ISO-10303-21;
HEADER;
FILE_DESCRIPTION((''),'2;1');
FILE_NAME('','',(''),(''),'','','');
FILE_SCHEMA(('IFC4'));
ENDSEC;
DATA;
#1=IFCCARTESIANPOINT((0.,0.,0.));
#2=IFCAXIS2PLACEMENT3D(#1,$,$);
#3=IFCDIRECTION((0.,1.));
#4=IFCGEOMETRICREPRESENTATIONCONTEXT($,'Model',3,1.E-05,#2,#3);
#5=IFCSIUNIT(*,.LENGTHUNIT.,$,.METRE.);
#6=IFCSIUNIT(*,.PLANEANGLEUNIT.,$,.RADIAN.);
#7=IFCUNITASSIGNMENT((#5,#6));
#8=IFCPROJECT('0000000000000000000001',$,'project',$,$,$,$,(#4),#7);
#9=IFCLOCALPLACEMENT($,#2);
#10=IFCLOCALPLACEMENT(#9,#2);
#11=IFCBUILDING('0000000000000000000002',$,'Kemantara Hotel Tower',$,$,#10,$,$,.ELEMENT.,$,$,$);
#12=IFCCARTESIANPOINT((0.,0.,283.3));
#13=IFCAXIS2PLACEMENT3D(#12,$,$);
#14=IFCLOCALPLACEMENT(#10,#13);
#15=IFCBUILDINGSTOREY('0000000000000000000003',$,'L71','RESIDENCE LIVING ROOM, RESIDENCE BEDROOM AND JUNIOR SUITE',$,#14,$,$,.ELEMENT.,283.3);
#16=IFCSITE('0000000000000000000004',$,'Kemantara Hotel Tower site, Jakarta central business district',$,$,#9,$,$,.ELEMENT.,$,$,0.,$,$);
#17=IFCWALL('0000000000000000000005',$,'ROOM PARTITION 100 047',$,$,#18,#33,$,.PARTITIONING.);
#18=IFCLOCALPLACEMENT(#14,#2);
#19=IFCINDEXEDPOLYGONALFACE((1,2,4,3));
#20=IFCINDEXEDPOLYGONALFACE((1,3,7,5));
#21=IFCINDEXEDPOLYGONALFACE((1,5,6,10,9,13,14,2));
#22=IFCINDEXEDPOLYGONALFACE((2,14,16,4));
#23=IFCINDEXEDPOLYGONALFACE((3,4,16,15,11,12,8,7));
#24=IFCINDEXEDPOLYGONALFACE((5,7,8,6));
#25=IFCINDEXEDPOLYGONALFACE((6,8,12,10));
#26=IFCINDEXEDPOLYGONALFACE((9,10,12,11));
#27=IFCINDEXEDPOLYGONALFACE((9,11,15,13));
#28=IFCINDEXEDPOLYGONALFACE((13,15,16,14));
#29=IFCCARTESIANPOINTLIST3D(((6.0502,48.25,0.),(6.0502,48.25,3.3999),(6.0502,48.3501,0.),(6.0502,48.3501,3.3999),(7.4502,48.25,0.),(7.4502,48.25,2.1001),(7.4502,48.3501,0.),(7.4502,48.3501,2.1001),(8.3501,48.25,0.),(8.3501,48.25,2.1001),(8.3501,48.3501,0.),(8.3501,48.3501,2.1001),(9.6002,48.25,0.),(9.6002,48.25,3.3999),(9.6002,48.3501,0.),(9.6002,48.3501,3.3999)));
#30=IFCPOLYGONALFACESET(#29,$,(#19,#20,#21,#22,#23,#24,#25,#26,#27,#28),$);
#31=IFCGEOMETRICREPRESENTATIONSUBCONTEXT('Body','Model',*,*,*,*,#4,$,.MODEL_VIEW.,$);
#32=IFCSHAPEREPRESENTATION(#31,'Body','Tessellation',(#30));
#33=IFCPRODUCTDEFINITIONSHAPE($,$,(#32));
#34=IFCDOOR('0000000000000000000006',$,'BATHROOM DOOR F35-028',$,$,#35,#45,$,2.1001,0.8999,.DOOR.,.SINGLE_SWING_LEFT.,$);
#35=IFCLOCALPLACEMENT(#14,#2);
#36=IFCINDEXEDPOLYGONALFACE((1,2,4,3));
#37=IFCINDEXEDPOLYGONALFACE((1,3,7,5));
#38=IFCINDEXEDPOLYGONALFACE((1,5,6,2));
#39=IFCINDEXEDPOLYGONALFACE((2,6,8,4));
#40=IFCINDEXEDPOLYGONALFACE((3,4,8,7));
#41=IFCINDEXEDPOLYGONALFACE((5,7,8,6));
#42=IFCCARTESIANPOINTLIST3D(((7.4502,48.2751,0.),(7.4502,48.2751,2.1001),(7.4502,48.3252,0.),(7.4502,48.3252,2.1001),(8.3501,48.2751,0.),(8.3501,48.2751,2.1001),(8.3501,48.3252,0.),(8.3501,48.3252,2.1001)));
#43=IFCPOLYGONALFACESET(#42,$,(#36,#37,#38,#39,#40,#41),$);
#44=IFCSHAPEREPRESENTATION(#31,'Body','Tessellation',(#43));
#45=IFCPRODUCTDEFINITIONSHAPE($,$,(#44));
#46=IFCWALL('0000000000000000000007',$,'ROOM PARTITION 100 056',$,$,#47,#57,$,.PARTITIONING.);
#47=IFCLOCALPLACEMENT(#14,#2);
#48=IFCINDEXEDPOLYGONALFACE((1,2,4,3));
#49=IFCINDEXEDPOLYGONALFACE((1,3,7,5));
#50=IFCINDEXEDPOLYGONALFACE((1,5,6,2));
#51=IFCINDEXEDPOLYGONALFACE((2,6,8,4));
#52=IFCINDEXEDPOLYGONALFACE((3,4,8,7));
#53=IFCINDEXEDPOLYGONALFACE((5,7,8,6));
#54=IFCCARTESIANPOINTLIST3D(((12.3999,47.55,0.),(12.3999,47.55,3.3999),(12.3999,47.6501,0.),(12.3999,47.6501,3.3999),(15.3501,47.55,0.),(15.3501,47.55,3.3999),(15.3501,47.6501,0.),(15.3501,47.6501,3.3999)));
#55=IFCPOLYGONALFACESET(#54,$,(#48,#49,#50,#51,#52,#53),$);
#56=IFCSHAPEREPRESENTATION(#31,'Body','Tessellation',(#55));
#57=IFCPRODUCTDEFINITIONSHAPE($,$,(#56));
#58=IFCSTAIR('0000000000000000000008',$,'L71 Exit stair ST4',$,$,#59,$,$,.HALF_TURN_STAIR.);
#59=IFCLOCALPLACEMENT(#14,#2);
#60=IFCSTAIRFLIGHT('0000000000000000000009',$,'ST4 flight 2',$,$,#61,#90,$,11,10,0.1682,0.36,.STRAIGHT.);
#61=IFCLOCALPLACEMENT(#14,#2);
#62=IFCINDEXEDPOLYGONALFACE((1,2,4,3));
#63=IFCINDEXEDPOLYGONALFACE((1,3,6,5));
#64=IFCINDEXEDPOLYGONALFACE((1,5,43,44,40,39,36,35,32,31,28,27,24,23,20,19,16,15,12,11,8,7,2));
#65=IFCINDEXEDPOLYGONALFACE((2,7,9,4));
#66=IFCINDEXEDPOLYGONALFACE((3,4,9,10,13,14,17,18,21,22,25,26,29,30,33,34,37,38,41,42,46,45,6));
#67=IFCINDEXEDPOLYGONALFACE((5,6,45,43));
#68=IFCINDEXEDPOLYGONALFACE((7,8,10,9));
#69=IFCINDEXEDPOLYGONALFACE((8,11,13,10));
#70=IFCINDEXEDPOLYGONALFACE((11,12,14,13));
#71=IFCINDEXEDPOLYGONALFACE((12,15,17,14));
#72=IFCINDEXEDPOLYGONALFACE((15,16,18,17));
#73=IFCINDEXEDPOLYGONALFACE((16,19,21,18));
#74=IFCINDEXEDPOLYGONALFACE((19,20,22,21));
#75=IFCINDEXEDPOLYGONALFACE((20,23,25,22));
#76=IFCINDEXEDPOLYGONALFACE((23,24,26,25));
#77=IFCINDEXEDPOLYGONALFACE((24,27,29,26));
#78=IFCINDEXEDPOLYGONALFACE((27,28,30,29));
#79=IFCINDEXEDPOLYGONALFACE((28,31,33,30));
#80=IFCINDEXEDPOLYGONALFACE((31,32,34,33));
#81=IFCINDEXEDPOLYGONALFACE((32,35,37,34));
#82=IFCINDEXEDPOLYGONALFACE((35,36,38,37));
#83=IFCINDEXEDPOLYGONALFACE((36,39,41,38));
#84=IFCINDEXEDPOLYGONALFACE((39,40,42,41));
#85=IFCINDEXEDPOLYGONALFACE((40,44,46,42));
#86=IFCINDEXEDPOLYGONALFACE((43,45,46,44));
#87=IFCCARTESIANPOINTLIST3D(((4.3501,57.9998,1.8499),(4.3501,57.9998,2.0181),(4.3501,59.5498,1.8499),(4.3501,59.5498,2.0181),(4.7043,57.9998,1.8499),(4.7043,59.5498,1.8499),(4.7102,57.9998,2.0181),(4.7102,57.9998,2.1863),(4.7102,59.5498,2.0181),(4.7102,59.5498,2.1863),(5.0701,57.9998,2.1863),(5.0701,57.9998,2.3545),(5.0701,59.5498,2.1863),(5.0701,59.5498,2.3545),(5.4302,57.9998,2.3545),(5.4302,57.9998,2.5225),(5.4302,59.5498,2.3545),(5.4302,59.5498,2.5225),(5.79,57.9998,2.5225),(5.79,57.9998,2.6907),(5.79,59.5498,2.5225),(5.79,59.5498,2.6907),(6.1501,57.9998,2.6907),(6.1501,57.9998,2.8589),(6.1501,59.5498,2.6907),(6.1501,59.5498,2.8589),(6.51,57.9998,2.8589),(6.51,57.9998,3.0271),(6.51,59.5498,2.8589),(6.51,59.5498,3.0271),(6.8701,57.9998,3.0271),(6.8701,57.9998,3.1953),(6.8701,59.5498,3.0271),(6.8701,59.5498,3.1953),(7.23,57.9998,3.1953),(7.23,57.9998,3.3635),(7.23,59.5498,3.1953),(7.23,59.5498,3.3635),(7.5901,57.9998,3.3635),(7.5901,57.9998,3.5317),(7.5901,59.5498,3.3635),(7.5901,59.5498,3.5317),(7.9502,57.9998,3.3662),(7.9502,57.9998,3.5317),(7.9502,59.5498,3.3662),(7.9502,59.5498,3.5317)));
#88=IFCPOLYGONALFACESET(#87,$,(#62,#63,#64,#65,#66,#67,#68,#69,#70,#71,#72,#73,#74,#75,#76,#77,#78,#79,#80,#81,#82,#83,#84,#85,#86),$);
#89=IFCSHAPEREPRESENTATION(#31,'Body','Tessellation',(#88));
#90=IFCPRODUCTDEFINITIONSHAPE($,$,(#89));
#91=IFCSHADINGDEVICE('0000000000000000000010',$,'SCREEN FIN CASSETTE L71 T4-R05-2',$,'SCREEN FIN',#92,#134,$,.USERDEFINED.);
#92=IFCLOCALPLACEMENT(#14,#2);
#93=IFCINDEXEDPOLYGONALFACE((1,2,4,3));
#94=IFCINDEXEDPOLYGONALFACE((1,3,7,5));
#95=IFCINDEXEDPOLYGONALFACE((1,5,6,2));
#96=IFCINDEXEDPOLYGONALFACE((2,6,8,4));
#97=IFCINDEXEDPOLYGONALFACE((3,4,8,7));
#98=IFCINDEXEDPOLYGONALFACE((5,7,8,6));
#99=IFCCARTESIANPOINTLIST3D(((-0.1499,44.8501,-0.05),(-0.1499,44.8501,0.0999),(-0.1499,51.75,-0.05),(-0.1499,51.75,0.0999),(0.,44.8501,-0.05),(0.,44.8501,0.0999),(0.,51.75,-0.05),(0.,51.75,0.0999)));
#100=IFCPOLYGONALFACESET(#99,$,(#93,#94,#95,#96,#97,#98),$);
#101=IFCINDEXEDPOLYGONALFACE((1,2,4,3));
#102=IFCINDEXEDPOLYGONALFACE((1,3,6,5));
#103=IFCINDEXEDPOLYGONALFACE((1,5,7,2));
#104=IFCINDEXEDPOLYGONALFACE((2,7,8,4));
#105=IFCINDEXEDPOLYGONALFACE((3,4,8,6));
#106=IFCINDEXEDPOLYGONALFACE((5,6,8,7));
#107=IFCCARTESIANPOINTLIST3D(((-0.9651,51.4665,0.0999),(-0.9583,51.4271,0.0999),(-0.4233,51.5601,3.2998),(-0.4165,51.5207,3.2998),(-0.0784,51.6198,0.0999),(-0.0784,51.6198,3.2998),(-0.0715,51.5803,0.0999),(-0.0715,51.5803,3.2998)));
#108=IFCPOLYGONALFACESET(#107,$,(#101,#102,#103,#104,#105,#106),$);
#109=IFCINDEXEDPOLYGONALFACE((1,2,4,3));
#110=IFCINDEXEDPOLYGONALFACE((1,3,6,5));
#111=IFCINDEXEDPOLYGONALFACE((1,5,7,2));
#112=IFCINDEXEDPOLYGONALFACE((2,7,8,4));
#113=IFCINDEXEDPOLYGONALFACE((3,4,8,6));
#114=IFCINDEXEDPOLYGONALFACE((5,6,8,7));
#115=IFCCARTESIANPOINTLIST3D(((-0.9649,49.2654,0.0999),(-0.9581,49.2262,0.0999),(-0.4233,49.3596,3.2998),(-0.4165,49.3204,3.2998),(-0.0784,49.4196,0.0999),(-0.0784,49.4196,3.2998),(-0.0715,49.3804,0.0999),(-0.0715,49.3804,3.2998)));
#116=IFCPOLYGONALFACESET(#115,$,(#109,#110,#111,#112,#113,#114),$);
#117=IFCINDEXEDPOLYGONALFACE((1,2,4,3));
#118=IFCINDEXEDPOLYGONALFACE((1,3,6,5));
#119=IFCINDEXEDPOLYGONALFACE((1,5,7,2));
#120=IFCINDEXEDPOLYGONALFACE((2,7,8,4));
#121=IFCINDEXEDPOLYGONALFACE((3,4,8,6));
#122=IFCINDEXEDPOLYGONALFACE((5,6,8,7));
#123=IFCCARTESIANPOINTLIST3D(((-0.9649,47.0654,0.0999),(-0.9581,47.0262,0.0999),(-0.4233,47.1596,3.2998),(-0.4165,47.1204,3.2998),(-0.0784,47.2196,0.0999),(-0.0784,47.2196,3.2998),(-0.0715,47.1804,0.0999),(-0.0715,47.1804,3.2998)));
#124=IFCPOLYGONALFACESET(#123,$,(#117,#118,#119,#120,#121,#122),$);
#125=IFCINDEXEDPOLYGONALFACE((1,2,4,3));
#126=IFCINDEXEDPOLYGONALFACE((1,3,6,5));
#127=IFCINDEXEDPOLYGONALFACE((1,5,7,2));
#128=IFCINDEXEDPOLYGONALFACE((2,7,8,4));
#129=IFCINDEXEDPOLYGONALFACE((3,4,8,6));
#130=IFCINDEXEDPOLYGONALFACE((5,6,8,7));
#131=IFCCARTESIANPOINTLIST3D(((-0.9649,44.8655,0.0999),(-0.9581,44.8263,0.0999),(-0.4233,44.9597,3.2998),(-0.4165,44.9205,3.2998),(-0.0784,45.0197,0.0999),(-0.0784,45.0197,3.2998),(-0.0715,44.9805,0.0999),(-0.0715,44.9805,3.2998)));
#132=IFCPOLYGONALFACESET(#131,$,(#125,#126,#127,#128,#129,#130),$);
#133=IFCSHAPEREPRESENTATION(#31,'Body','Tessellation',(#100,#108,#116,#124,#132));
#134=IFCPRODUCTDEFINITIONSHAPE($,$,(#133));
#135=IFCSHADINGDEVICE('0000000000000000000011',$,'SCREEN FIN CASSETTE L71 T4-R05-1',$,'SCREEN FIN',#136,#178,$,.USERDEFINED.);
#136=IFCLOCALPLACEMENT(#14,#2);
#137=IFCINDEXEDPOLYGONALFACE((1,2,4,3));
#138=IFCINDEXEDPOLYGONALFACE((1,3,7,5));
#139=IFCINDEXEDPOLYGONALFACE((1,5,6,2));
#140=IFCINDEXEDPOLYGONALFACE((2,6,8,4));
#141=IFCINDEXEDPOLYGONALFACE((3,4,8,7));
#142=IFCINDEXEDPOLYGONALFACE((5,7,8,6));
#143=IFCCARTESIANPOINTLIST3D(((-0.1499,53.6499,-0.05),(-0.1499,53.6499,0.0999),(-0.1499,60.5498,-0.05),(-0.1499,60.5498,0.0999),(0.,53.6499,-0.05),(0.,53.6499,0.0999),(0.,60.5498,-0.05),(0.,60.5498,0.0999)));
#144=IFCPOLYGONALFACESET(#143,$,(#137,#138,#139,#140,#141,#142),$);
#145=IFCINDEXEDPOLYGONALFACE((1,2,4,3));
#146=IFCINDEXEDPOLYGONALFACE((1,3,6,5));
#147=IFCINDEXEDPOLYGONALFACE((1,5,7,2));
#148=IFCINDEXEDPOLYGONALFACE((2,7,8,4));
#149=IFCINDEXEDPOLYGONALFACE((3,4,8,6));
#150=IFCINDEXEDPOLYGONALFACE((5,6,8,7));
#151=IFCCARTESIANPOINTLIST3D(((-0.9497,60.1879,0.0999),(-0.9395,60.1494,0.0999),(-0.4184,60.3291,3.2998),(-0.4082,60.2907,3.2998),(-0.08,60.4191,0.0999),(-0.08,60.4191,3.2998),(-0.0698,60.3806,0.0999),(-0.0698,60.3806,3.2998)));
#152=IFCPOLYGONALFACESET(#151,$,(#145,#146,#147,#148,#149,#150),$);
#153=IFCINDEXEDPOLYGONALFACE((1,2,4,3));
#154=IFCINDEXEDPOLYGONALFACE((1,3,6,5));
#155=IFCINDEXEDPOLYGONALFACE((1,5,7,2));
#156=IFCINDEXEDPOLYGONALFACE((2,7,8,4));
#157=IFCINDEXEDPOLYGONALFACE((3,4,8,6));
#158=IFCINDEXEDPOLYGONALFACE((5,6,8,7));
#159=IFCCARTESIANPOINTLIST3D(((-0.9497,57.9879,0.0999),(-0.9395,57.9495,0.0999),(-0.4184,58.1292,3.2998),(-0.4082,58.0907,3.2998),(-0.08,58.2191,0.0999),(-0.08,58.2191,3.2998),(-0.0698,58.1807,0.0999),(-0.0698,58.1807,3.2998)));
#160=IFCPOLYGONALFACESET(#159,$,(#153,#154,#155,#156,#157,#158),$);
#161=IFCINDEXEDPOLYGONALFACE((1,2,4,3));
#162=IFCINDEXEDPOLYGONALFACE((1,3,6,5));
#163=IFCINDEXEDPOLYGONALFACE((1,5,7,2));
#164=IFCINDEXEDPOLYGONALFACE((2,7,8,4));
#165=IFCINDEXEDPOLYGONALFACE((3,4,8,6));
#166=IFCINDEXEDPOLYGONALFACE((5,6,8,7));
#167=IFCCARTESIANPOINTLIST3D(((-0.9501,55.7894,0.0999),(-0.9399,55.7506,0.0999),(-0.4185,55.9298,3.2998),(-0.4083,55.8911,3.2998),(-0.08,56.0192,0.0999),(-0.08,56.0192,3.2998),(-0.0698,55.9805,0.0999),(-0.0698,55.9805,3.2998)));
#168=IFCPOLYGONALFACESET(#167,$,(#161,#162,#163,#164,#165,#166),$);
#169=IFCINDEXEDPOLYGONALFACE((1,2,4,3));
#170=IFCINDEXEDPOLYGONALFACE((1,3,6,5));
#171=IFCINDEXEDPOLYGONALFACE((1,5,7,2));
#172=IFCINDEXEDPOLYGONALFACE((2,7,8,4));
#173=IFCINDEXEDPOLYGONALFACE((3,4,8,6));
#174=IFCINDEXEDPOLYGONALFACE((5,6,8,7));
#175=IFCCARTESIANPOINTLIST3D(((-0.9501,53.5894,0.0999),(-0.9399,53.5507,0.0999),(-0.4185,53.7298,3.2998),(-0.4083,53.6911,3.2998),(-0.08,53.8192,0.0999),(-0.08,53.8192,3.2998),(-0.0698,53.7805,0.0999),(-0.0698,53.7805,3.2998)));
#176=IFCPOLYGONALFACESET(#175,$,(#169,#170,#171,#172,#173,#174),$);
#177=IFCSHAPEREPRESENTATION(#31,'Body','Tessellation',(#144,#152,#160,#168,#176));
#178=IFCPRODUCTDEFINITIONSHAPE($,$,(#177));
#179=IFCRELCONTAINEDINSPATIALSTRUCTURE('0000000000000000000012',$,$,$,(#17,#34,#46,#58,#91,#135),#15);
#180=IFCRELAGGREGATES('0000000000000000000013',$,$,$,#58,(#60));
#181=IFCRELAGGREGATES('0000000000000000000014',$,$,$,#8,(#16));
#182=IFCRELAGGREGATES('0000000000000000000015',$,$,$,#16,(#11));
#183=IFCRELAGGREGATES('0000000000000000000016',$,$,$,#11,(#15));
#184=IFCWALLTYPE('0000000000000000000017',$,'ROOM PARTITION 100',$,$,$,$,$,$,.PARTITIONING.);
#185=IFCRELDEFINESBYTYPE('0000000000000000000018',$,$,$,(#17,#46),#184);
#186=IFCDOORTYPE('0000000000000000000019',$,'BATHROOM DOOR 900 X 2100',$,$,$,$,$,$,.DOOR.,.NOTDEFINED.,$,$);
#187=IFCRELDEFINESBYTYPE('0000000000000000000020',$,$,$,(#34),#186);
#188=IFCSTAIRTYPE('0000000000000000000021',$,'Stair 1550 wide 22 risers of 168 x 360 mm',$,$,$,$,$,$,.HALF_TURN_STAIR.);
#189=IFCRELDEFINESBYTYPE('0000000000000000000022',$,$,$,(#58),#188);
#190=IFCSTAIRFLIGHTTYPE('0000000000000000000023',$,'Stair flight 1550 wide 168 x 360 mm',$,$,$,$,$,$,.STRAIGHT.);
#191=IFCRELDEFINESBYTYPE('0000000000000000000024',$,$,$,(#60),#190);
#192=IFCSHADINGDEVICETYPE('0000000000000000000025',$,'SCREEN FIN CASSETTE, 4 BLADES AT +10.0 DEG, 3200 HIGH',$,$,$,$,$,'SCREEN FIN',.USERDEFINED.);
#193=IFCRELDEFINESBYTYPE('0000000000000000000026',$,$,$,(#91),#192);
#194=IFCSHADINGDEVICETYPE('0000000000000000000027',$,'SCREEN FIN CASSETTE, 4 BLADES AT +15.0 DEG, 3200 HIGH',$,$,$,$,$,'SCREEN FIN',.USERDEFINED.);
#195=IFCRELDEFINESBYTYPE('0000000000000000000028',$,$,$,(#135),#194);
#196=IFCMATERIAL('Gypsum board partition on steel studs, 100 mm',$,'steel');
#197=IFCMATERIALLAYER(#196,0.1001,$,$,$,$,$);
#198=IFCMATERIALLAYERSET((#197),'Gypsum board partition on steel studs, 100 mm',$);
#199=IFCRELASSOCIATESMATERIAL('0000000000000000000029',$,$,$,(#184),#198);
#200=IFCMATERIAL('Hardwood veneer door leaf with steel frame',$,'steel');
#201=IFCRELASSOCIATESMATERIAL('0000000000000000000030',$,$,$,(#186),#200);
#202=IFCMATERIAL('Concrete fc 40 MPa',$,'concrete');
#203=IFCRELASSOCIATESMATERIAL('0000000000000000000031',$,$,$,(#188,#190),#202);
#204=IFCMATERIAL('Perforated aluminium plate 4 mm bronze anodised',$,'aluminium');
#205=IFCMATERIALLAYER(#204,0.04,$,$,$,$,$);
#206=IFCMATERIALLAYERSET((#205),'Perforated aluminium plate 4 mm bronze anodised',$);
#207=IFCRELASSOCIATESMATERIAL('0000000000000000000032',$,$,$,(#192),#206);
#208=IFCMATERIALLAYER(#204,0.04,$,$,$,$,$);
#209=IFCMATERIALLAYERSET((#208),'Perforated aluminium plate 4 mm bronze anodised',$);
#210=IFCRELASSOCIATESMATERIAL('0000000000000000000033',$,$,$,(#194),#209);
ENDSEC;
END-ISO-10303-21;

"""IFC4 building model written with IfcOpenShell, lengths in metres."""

from ifc_helpers import new_model, si_unit, direction, frame, frame_2d, origin, origin_2d, place, context, subcontext, project, spatial, polyline, rectangle, outline, extrude, source, transform, mapped, material, layer, layer_set, type_object, element, fill, aggregate, save


model = new_model("IFC4")

# Units and contexts
model_context = context("Model", 3, precision=1e-05, world=origin(), true_north=direction((0.0, 1.0)))
body_context = subcontext(model_context, "Body", "Model", "MODEL_VIEW")
ifc_project = project(units=[si_unit("LENGTHUNIT", "METRE"), si_unit("PLANEANGLEUNIT", "RADIAN")], contexts=[model_context])

# Site, building, storey
site_placement = place(None, origin())
site = spatial("IfcSite", under=ifc_project, at=site_placement, Name="Kemantara Hotel Tower site, Jakarta central business district", CompositionType="ELEMENT", RefElevation=0.0)
building_placement = place(site_placement, origin())
building = spatial("IfcBuilding", under=site, at=building_placement, Name="Kemantara Hotel Tower", CompositionType="ELEMENT")
storey_placement = place(building_placement, frame((0.0, 0.0, 283.3)))
storey = spatial("IfcBuildingStorey", under=building, at=storey_placement, Name="L71", Description="RESIDENCE LIVING ROOM, RESIDENCE BEDROOM AND JUNIOR SUITE", CompositionType="ELEMENT", Elevation=283.3)

# Shared definitions
ifc_material_1 = material(Name="Concrete fc 40 MPa", Category="concrete")

# Shared definitions
ifc_material_2 = material(Name="Gypsum board partition on steel studs, 100 mm", Category="steel")
ifc_layer_1 = layer(ifc_material_2, 0.1001)
ifc_layer_set_1 = layer_set([ifc_layer_1], Name="Gypsum board partition on steel studs, 100 mm")
wall_type_1 = type_object("IfcWallType", Name="ROOM PARTITION 100", PredefinedType="PARTITIONING", material=ifc_layer_set_1)

# Wall, opening, door
wall_1_placement = place(storey_placement, frame((9.6001, 48.3, 0.0), z_axis=(0.0, 0.0, 1.0), x_axis=(-1.0, 0.0, 0.0)))
wall_1 = element("IfcWall", 1, at=wall_1_placement, inside=storey, type_object=wall_type_1, Name="ROOM PARTITION 100 047", PredefinedType="PARTITIONING", context=body_context, shape_type="SweptSolid", body=[
    extrude(rectangle(XDim=3.55, YDim=0.1001, at=frame_2d((1.7749, 0.0))), origin(), (0.0, 0.0, 1.0), 3.3999),
])
opening_1_placement = place(wall_1_placement, frame((1.25, 0.0, 0.0)))
opening_1 = element("IfcOpeningElement", 2, at=opening_1_placement, cuts=wall_1, PredefinedType="OPENING", context=body_context, shape_type="SweptSolid", body=[
    extrude(rectangle(XDim=0.8999, YDim=2.1001, at=frame_2d((0.45, 1.05))), frame((0.0, 0.0601, 0.0), z_axis=(0.0, -1.0, 0.0), x_axis=(1.0, 0.0, 0.0)), (0.0, 0.0, 1.0), 0.1201),
])
ifc_material_3 = material(Name="Hardwood veneer door leaf with steel frame", Category="steel")
door_type_1 = type_object("IfcDoorType", Name="BATHROOM DOOR 900 X 2100", OperationType="NOTDEFINED", PredefinedType="DOOR", material=ifc_material_3)
door_1_placement = place(opening_1_placement, origin())
door_1 = element("IfcDoor", 3, at=door_1_placement, inside=storey, type_object=door_type_1, Name="BATHROOM DOOR F35-028", OperationType="SINGLE_SWING_LEFT", OverallHeight=2.1001, OverallWidth=0.8999, PredefinedType="DOOR", context=body_context, shape_type="SweptSolid", body=[
    extrude(rectangle(XDim=0.8999, YDim=2.1001, at=frame_2d((0.45, 1.05))), frame((0.0, 0.0249, 0.0), z_axis=(0.0, -1.0, 0.0), x_axis=(1.0, 0.0, 0.0)), (0.0, 0.0, 1.0), 0.05),
])
fill(opening_1, door_1)

# Wall
wall_2_placement = place(storey_placement, frame((12.3999, 47.6001, 0.0), z_axis=(0.0, 0.0, 1.0), x_axis=(1.0, 0.0, 0.0)))
element("IfcWall", 4, at=wall_2_placement, inside=storey, type_object=wall_type_1, Name="ROOM PARTITION 100 056", PredefinedType="PARTITIONING", context=body_context, shape_type="SweptSolid", body=[
    extrude(rectangle(XDim=2.9502, YDim=0.1001, at=frame_2d((1.4751, 0.0))), origin(), (0.0, 0.0, 1.0), 3.3999),
])

# Stair, stair flight
stair_type = type_object("IfcStairType", Name="Stair 1550 wide 22 risers of 168 x 360 mm", PredefinedType="HALF_TURN_STAIR", material=ifc_material_1)
stair_placement = place(storey_placement, origin())
stair = element("IfcStair", 5, at=stair_placement, inside=storey, type_object=stair_type, Name="L71 Exit stair ST4", PredefinedType="HALF_TURN_STAIR")
stair_flight_type = type_object("IfcStairFlightType", Name="Stair flight 1550 wide 168 x 360 mm", PredefinedType="STRAIGHT", material=ifc_material_1)
stair_flight_placement = place(storey_placement, frame((4.3501, 58.7749, 1.8499), z_axis=(0.0, 0.0, 1.0), x_axis=(1.0, 0.0, 0.0)))
stair_flight = element("IfcStairFlight", 6, at=stair_flight_placement, type_object=stair_flight_type, Name="ST4 flight 2", NumberOfRisers=11, NumberOfTreads=10, PredefinedType="STRAIGHT", RiserHeight=0.1682, TreadLength=0.36, context=body_context, shape_type="SweptSolid", body=[
    extrude(outline(polyline([(0.0, 0.0), (0.0, 0.1682), (0.3601, 0.1682), (0.3601, 0.3364), (0.72, 0.3364), (0.72, 0.5046), (1.0801, 0.5046), (1.0801, 0.6726), (1.4399, 0.6726), (1.4399, 0.8408), (1.8, 0.8408), (1.8, 1.009), (2.1599, 1.009), (2.1599, 1.1772), (2.52, 1.1772), (2.52, 1.3455), (2.8799, 1.3455), (2.8799, 1.5137), (3.24, 1.5137), (3.24, 1.6819), (3.6001, 1.6819), (3.6001, 1.8501), (3.6001, 1.5164), (0.3542, 0.0), (0.0, 0.0)])), frame((0.0, 0.7749, 0.0), z_axis=(0.0, -1.0, 0.0), x_axis=(1.0, 0.0, 0.0)), (0.0, 0.0, 1.0), 1.55),
])
aggregate(stair, [stair_flight])

# Shading devices
ifc_material_4 = material(Name="Perforated aluminium plate 4 mm bronze anodised", Category="aluminium")
ifc_layer_2 = layer(ifc_material_4, 0.04)
ifc_layer_set_2 = layer_set([ifc_layer_2], Name="Perforated aluminium plate 4 mm bronze anodised")
shading_device_type_1 = type_object("IfcShadingDeviceType", Name="SCREEN FIN CASSETTE, 4 BLADES AT +10.0 DEG, 3200 HIGH", ElementType="SCREEN FIN", PredefinedType="USERDEFINED", material=ifc_layer_set_2)
shared_shape_1 = source(origin(), body_context, "Body", "SweptSolid", [
    extrude(rectangle(XDim=6.8999, YDim=0.1499, at=origin_2d()), frame((3.3, -0.075, -0.1499), z_axis=(0.0, 0.0, 1.0), x_axis=(1.0, 0.0, 0.0)), (0.0, 0.0, 1.0), 0.1499),
    extrude(outline(polyline([(0.0, 0.0), (0.8999, 0.0), (0.3501, 3.2), (0.0, 3.2), (0.0, 0.0)])), frame((0.0198, -0.0715, 0.0), z_axis=(-0.98539, -0.170314, 0.0), x_axis=(0.170314, -0.98539, 0.0)), (0.0, 0.0, 1.0), 0.04),
    extrude(outline(polyline([(0.0, 0.0), (0.8999, 0.0), (0.3501, 3.2), (0.0, 3.2), (0.0, 0.0)])), frame((2.2197, -0.0715, 0.0), z_axis=(-0.985212, -0.171341, 0.0), x_axis=(0.171341, -0.985212, 0.0)), (0.0, 0.0, 1.0), 0.0398),
    extrude(outline(polyline([(0.0, 0.0), (0.8999, 0.0), (0.3501, 3.2), (0.0, 3.2), (0.0, 0.0)])), frame((4.4197, -0.0715, 0.0), z_axis=(-0.985212, -0.171341, 0.0), x_axis=(0.171341, -0.985212, 0.0)), (0.0, 0.0, 1.0), 0.0398),
    extrude(outline(polyline([(0.0, 0.0), (0.8999, 0.0), (0.3501, 3.2), (0.0, 3.2), (0.0, 0.0)])), frame((6.6196, -0.0715, 0.0), z_axis=(-0.985212, -0.171341, 0.0), x_axis=(0.171341, -0.985212, 0.0)), (0.0, 0.0, 1.0), 0.0398),
])
shading_device_1_placement = place(storey_placement, frame((0.0, 51.6001, 0.0999), z_axis=(0.0, 0.0, 1.0), x_axis=(0.0, -1.0, 0.0)))
element("IfcShadingDevice", 7, at=shading_device_1_placement, inside=storey, type_object=shading_device_type_1, Name="SCREEN FIN CASSETTE L71 T4-R05-2", ObjectType="SCREEN FIN", PredefinedType="USERDEFINED", context=body_context, shape_type="MappedRepresentation", body=[
    mapped(shared_shape_1, transform((0.0, 0.0, 0.0))),
])
ifc_layer_3 = layer(ifc_material_4, 0.04)
ifc_layer_set_3 = layer_set([ifc_layer_3], Name="Perforated aluminium plate 4 mm bronze anodised")
shading_device_type_2 = type_object("IfcShadingDeviceType", Name="SCREEN FIN CASSETTE, 4 BLADES AT +15.0 DEG, 3200 HIGH", ElementType="SCREEN FIN", PredefinedType="USERDEFINED", material=ifc_layer_set_3)
shared_shape_2 = source(origin(), body_context, "Body", "SweptSolid", [
    extrude(rectangle(XDim=6.8999, YDim=0.1499, at=origin_2d()), frame((3.3, -0.075, -0.1499), z_axis=(0.0, 0.0, 1.0), x_axis=(1.0, 0.0, 0.0)), (0.0, 0.0, 1.0), 0.1499),
    extrude(outline(polyline([(0.0, 0.0), (0.8999, 0.0), (0.3501, 3.2), (0.0, 3.2), (0.0, 0.0)])), frame((0.0193, -0.0698, 0.0), z_axis=(-0.966438, -0.256901, 0.0), x_axis=(0.256901, -0.966438, 0.0)), (0.0, 0.0, 1.0), 0.0398),
    extrude(outline(polyline([(0.0, 0.0), (0.8999, 0.0), (0.3501, 3.2), (0.0, 3.2), (0.0, 0.0)])), frame((2.2192, -0.0698, 0.0), z_axis=(-0.966438, -0.256901, 0.0), x_axis=(0.256901, -0.966438, 0.0)), (0.0, 0.0, 1.0), 0.0398),
    extrude(outline(polyline([(0.0, 0.0), (0.8999, 0.0), (0.3501, 3.2), (0.0, 3.2), (0.0, 0.0)])), frame((4.4194, -0.0698, 0.0), z_axis=(-0.966838, -0.255391, 0.0), x_axis=(0.255391, -0.966838, 0.0)), (0.0, 0.0, 1.0), 0.04),
    extrude(outline(polyline([(0.0, 0.0), (0.8999, 0.0), (0.3501, 3.2), (0.0, 3.2), (0.0, 0.0)])), frame((6.6194, -0.0698, 0.0), z_axis=(-0.966838, -0.255391, 0.0), x_axis=(0.255391, -0.966838, 0.0)), (0.0, 0.0, 1.0), 0.04),
])
shading_device_2_placement = place(storey_placement, frame((0.0, 60.3999, 0.0999), z_axis=(0.0, 0.0, 1.0), x_axis=(0.0, -1.0, 0.0)))
element("IfcShadingDevice", 8, at=shading_device_2_placement, inside=storey, type_object=shading_device_type_2, Name="SCREEN FIN CASSETTE L71 T4-R05-1", ObjectType="SCREEN FIN", PredefinedType="USERDEFINED", context=body_context, shape_type="MappedRepresentation", body=[
    mapped(shared_shape_2, transform((0.0, 0.0, 0.0))),
])

save(model, "model.ifc")
